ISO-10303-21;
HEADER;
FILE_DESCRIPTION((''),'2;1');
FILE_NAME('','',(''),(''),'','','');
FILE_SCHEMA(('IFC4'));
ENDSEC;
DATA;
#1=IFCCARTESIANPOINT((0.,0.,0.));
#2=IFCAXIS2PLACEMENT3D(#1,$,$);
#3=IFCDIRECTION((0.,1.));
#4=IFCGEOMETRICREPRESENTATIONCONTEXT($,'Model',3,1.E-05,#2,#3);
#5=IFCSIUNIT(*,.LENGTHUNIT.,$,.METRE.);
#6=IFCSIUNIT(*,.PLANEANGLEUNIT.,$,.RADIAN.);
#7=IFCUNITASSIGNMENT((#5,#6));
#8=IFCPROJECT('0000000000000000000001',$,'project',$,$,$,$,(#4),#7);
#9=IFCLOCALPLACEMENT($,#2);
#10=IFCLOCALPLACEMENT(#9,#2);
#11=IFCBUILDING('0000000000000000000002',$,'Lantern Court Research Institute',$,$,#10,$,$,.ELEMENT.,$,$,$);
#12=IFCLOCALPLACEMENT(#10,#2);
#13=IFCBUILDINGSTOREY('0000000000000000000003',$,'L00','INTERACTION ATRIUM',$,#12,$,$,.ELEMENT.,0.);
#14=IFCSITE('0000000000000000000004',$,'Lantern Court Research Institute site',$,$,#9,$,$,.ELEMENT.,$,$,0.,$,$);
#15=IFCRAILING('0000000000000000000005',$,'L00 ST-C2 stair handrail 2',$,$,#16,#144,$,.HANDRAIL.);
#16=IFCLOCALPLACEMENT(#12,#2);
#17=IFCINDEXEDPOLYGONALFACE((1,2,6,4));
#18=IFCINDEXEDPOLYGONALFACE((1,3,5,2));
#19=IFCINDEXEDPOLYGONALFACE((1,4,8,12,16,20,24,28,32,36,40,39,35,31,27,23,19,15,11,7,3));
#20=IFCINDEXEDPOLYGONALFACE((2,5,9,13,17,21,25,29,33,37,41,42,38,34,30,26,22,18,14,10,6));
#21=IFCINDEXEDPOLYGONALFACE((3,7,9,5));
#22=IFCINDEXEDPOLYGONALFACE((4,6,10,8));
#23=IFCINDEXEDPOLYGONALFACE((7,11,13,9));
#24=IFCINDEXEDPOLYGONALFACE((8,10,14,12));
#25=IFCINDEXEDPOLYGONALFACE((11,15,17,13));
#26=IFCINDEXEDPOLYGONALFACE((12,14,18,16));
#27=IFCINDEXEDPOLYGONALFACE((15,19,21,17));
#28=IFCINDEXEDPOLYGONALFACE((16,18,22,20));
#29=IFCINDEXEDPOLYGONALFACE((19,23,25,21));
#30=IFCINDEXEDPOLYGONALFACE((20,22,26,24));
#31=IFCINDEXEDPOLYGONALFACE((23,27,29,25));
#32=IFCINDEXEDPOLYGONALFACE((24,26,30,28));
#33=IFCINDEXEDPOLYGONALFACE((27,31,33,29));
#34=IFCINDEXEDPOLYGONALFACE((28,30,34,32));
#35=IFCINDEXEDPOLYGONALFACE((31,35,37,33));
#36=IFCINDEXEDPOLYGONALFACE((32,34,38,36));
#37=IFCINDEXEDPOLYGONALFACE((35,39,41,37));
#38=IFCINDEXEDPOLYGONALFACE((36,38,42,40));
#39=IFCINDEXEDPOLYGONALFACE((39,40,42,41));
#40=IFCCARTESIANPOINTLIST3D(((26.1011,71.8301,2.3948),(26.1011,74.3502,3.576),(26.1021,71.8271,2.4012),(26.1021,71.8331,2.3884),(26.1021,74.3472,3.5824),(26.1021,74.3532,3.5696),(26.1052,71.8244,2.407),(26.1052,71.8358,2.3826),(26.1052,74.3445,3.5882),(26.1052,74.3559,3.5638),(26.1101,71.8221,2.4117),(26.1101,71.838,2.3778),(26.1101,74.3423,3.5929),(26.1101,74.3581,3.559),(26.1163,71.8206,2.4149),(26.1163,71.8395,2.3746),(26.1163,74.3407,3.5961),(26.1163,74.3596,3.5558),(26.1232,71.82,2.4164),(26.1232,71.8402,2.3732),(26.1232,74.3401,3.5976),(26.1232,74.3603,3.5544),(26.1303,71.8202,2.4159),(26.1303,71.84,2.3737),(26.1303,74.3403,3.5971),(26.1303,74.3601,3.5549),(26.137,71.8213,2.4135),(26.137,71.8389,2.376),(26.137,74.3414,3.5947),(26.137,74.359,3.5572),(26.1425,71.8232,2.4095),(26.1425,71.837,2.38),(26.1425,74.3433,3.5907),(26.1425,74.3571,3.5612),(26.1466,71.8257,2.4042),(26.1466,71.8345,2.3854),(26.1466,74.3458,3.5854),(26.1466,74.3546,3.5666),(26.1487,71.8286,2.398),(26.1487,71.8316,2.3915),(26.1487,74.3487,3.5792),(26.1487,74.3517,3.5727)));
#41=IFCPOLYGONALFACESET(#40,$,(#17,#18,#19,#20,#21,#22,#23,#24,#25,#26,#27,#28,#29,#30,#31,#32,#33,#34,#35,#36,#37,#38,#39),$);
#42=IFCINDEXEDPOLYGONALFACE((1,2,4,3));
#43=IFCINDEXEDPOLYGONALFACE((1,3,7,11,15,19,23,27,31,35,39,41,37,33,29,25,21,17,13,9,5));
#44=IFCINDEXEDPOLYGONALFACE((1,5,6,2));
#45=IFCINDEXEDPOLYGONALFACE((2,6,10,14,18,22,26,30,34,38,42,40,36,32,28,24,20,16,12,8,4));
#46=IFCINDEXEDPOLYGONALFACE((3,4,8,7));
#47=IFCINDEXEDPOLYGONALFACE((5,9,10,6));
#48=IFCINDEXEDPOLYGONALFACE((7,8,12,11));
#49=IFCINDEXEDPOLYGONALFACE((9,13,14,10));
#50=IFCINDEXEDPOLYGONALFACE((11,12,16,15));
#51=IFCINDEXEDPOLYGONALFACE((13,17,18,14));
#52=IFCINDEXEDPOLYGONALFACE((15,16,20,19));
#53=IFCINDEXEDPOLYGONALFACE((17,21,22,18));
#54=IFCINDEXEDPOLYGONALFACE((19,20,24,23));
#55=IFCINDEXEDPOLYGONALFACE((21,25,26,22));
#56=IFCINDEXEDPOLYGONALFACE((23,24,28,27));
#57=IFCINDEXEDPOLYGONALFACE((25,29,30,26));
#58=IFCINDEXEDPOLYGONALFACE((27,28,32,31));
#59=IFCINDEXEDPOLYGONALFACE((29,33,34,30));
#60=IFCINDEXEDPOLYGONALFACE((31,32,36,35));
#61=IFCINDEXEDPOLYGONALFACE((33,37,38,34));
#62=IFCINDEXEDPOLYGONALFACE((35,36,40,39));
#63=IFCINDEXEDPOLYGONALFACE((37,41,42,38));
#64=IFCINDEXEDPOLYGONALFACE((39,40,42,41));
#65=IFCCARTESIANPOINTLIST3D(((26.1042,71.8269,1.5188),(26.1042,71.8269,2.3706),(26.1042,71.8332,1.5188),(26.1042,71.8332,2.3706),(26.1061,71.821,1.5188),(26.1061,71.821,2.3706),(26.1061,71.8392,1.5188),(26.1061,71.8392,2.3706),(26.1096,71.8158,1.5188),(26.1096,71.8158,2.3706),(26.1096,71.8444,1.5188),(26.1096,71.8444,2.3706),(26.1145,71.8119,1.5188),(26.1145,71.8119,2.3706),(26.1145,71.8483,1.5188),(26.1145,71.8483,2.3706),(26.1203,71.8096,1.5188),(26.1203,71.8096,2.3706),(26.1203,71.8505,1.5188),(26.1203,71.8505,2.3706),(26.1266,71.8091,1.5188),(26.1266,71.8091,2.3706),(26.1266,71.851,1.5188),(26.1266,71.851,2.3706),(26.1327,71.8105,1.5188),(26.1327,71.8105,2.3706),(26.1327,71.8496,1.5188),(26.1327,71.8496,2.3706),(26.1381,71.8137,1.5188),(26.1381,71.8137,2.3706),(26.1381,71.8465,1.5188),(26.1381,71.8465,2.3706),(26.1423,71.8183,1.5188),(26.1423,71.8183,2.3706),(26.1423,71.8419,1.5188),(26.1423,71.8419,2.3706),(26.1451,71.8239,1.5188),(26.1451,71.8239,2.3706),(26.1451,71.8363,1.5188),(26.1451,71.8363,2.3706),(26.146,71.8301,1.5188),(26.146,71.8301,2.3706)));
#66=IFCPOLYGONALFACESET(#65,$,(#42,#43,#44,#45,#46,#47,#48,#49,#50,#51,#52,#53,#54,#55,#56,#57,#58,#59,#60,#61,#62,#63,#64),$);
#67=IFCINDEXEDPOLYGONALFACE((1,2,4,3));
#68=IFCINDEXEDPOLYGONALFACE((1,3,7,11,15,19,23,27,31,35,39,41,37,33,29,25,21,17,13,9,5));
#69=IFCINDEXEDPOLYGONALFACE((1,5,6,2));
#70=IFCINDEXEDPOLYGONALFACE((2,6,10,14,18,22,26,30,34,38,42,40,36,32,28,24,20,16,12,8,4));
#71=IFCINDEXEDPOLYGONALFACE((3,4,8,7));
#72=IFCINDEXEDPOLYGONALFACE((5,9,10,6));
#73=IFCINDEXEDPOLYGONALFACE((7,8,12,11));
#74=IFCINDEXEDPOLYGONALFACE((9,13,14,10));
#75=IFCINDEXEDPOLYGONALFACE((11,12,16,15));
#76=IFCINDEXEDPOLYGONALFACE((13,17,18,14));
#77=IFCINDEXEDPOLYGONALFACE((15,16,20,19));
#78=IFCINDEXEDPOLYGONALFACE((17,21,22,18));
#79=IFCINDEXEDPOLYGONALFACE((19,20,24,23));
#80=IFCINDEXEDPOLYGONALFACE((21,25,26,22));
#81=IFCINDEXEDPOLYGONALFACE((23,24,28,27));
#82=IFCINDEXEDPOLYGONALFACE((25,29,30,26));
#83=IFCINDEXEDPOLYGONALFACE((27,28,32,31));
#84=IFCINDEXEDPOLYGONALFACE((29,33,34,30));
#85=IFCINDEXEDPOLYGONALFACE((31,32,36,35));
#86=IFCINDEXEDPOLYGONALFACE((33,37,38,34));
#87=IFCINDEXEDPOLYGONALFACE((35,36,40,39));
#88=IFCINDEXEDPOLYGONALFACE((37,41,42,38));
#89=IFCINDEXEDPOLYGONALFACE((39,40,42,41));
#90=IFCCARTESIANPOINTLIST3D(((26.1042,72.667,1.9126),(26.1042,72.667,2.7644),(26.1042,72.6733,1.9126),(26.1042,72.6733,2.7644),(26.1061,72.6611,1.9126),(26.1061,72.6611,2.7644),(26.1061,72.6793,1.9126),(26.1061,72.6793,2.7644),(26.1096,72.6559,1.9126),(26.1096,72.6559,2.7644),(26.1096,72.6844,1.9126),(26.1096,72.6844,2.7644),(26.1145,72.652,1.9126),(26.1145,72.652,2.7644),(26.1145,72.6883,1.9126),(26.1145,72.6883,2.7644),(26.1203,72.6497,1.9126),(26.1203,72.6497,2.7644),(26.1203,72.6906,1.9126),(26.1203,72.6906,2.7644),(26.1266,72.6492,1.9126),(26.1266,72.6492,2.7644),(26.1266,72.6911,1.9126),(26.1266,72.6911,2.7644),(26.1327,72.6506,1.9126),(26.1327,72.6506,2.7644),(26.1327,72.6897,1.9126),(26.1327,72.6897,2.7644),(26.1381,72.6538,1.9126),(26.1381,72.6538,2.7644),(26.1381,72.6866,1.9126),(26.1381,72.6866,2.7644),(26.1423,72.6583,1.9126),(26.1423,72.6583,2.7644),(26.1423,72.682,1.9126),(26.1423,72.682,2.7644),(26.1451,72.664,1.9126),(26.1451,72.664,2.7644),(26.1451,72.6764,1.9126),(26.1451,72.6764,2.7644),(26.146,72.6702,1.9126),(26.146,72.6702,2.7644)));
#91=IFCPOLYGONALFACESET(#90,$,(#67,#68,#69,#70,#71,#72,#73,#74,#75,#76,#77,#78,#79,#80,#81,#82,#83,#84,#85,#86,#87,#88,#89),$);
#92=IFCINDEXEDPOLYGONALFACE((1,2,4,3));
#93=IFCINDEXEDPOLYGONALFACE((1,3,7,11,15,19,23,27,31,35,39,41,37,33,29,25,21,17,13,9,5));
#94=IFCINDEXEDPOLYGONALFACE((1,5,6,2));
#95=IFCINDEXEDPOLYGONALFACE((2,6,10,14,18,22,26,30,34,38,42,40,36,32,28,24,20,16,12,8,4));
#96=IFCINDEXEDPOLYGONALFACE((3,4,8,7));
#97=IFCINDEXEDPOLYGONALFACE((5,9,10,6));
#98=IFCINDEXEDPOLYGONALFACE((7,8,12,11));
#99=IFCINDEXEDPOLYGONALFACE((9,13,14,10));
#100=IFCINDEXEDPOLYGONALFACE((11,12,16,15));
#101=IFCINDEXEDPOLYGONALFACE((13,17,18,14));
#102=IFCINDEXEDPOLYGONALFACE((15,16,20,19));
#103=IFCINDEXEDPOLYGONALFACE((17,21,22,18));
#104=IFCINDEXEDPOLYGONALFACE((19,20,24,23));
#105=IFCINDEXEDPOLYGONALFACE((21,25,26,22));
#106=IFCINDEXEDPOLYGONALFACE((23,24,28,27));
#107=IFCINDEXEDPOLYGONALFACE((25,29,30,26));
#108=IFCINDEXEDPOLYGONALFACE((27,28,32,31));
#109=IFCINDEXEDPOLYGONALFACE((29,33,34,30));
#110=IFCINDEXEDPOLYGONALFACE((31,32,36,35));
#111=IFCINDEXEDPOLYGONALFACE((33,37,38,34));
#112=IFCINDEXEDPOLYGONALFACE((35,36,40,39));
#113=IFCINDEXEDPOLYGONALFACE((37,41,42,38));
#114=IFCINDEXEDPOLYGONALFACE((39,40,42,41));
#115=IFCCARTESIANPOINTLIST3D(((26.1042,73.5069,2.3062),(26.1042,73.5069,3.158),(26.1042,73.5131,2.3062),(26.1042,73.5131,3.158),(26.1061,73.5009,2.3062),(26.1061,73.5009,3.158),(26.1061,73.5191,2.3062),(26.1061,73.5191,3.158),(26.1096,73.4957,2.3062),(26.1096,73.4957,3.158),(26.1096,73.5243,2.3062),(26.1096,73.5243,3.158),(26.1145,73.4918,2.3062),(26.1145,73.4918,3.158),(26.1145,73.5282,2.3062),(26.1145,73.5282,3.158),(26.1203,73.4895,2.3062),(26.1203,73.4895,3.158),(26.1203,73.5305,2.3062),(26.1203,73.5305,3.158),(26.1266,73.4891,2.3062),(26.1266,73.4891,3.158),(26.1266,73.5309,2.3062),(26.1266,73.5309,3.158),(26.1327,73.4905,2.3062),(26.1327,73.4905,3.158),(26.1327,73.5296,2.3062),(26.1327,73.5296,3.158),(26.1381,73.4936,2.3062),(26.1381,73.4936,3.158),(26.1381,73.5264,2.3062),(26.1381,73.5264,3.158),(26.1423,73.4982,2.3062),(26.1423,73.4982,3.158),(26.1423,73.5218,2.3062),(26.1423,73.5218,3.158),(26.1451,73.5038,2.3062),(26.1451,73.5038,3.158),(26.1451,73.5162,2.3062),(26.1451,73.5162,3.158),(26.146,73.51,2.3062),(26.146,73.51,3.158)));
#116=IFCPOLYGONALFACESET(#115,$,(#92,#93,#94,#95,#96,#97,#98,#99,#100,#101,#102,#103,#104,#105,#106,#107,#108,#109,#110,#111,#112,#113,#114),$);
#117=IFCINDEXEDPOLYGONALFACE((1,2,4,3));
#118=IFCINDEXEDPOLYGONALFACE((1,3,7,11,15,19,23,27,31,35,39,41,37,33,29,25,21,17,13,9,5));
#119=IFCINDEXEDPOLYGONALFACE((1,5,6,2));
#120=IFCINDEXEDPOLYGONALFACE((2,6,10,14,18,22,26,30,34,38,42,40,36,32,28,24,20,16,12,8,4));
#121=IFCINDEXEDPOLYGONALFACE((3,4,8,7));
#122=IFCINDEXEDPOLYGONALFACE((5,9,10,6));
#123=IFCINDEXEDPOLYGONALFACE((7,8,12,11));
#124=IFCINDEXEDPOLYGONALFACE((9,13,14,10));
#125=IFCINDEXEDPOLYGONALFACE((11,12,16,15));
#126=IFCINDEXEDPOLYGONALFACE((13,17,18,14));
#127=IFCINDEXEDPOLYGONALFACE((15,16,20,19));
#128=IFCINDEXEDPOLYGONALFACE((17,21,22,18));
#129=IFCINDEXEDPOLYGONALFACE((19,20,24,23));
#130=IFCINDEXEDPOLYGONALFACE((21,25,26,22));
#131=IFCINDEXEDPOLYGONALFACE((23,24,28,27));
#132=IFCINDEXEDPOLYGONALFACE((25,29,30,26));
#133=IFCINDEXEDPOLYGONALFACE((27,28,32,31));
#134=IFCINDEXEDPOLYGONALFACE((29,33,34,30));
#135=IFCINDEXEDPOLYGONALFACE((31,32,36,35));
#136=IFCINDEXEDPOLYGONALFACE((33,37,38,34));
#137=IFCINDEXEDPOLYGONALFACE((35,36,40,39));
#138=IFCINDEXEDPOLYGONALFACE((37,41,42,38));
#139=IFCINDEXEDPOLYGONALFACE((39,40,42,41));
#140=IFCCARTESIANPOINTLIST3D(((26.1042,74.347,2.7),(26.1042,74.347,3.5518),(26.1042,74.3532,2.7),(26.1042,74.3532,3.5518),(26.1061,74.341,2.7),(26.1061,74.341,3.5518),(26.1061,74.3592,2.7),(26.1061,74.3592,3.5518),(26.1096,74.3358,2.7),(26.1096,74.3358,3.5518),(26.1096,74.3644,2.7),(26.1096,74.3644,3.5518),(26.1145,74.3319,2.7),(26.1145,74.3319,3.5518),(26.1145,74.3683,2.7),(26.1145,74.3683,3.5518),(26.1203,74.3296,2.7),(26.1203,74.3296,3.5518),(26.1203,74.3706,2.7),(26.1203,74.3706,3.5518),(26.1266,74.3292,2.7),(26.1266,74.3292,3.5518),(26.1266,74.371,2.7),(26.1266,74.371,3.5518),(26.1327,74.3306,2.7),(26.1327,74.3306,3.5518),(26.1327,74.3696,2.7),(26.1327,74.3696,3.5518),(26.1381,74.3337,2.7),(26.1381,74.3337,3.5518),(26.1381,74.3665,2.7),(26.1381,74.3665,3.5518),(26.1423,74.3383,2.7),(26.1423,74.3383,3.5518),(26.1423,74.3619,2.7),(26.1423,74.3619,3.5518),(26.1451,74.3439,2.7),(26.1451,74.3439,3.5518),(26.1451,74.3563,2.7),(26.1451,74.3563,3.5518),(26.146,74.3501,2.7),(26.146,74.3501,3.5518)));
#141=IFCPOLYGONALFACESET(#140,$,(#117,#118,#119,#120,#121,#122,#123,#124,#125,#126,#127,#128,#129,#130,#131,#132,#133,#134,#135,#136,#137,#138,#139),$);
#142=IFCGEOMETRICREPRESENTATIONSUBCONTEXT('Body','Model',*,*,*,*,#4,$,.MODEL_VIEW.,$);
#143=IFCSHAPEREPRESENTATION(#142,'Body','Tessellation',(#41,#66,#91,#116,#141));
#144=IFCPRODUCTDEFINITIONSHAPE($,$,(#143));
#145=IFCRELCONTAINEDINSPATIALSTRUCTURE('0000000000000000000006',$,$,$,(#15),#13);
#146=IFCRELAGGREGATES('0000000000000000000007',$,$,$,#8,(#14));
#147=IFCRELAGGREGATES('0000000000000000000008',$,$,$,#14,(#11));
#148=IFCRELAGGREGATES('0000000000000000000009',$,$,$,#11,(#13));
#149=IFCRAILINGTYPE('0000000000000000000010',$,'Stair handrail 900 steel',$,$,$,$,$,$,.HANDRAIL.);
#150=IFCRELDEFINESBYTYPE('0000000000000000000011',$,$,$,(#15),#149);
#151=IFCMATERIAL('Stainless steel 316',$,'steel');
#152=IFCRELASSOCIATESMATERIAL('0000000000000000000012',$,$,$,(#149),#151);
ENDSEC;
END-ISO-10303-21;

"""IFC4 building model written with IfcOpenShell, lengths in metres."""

from ifc_helpers import new_model, si_unit, direction, frame, origin, origin_2d, place, context, subcontext, project, spatial, circle, extrude, material, type_object, element, save


model = new_model("IFC4")

# Units and contexts
model_context = context("Model", 3, precision=1e-05, world=origin(), true_north=direction((0.0, 1.0)))
body_context = subcontext(model_context, "Body", "Model", "MODEL_VIEW")
ifc_project = project(units=[si_unit("LENGTHUNIT", "METRE"), si_unit("PLANEANGLEUNIT", "RADIAN")], contexts=[model_context])

# Site, building, storey
site_placement = place(None, origin())
site = spatial("IfcSite", under=ifc_project, at=site_placement, Name="Lantern Court Research Institute site", CompositionType="ELEMENT", RefElevation=0.0)
building_placement = place(site_placement, origin())
building = spatial("IfcBuilding", under=site, at=building_placement, Name="Lantern Court Research Institute", CompositionType="ELEMENT")
storey_placement = place(building_placement, origin())
storey = spatial("IfcBuildingStorey", under=building, at=storey_placement, Name="L00", Description="INTERACTION ATRIUM", CompositionType="ELEMENT", Elevation=0.0)

# Railing
ifc_material_1 = material(Name="Stainless steel 316", Category="steel")
railing_type_1 = type_object("IfcRailingType", Name="Stair handrail 900 steel", PredefinedType="HANDRAIL", material=ifc_material_1)
for number, where, name in (
    (1, (26.125, 71.8301, 1.5188), "L00 ST-C2 stair handrail 2"),
):
    element("IfcRailing", number, at=place(storey_placement, frame(where)), inside=storey, type_object=railing_type_1, Name=name, PredefinedType="HANDRAIL", context=body_context, shape_type="SweptSolid", body=[
        extrude(circle(Radius=0.0239, at=origin_2d()), frame((0.0, 0.0, 0.876), z_axis=(0.0, 0.905474, 0.424402), x_axis=(-1.0, 0.0, 0.0)), (0.0, 0.0, 1.0), 2.7832),
        extrude(circle(Radius=0.021, at=origin_2d()), origin(), (0.0, 0.0, 1.0), 0.8518),
        extrude(circle(Radius=0.021, at=origin_2d()), frame((0.0, 0.8401, 0.3938)), (0.0, 0.0, 1.0), 0.8518),
        extrude(circle(Radius=0.021, at=origin_2d()), frame((0.0, 1.6799, 0.7874)), (0.0, 0.0, 1.0), 0.8518),
        extrude(circle(Radius=0.021, at=origin_2d()), frame((0.0, 2.52, 1.1812)), (0.0, 0.0, 1.0), 0.8518),
    ])

save(model, "model.ifc")
